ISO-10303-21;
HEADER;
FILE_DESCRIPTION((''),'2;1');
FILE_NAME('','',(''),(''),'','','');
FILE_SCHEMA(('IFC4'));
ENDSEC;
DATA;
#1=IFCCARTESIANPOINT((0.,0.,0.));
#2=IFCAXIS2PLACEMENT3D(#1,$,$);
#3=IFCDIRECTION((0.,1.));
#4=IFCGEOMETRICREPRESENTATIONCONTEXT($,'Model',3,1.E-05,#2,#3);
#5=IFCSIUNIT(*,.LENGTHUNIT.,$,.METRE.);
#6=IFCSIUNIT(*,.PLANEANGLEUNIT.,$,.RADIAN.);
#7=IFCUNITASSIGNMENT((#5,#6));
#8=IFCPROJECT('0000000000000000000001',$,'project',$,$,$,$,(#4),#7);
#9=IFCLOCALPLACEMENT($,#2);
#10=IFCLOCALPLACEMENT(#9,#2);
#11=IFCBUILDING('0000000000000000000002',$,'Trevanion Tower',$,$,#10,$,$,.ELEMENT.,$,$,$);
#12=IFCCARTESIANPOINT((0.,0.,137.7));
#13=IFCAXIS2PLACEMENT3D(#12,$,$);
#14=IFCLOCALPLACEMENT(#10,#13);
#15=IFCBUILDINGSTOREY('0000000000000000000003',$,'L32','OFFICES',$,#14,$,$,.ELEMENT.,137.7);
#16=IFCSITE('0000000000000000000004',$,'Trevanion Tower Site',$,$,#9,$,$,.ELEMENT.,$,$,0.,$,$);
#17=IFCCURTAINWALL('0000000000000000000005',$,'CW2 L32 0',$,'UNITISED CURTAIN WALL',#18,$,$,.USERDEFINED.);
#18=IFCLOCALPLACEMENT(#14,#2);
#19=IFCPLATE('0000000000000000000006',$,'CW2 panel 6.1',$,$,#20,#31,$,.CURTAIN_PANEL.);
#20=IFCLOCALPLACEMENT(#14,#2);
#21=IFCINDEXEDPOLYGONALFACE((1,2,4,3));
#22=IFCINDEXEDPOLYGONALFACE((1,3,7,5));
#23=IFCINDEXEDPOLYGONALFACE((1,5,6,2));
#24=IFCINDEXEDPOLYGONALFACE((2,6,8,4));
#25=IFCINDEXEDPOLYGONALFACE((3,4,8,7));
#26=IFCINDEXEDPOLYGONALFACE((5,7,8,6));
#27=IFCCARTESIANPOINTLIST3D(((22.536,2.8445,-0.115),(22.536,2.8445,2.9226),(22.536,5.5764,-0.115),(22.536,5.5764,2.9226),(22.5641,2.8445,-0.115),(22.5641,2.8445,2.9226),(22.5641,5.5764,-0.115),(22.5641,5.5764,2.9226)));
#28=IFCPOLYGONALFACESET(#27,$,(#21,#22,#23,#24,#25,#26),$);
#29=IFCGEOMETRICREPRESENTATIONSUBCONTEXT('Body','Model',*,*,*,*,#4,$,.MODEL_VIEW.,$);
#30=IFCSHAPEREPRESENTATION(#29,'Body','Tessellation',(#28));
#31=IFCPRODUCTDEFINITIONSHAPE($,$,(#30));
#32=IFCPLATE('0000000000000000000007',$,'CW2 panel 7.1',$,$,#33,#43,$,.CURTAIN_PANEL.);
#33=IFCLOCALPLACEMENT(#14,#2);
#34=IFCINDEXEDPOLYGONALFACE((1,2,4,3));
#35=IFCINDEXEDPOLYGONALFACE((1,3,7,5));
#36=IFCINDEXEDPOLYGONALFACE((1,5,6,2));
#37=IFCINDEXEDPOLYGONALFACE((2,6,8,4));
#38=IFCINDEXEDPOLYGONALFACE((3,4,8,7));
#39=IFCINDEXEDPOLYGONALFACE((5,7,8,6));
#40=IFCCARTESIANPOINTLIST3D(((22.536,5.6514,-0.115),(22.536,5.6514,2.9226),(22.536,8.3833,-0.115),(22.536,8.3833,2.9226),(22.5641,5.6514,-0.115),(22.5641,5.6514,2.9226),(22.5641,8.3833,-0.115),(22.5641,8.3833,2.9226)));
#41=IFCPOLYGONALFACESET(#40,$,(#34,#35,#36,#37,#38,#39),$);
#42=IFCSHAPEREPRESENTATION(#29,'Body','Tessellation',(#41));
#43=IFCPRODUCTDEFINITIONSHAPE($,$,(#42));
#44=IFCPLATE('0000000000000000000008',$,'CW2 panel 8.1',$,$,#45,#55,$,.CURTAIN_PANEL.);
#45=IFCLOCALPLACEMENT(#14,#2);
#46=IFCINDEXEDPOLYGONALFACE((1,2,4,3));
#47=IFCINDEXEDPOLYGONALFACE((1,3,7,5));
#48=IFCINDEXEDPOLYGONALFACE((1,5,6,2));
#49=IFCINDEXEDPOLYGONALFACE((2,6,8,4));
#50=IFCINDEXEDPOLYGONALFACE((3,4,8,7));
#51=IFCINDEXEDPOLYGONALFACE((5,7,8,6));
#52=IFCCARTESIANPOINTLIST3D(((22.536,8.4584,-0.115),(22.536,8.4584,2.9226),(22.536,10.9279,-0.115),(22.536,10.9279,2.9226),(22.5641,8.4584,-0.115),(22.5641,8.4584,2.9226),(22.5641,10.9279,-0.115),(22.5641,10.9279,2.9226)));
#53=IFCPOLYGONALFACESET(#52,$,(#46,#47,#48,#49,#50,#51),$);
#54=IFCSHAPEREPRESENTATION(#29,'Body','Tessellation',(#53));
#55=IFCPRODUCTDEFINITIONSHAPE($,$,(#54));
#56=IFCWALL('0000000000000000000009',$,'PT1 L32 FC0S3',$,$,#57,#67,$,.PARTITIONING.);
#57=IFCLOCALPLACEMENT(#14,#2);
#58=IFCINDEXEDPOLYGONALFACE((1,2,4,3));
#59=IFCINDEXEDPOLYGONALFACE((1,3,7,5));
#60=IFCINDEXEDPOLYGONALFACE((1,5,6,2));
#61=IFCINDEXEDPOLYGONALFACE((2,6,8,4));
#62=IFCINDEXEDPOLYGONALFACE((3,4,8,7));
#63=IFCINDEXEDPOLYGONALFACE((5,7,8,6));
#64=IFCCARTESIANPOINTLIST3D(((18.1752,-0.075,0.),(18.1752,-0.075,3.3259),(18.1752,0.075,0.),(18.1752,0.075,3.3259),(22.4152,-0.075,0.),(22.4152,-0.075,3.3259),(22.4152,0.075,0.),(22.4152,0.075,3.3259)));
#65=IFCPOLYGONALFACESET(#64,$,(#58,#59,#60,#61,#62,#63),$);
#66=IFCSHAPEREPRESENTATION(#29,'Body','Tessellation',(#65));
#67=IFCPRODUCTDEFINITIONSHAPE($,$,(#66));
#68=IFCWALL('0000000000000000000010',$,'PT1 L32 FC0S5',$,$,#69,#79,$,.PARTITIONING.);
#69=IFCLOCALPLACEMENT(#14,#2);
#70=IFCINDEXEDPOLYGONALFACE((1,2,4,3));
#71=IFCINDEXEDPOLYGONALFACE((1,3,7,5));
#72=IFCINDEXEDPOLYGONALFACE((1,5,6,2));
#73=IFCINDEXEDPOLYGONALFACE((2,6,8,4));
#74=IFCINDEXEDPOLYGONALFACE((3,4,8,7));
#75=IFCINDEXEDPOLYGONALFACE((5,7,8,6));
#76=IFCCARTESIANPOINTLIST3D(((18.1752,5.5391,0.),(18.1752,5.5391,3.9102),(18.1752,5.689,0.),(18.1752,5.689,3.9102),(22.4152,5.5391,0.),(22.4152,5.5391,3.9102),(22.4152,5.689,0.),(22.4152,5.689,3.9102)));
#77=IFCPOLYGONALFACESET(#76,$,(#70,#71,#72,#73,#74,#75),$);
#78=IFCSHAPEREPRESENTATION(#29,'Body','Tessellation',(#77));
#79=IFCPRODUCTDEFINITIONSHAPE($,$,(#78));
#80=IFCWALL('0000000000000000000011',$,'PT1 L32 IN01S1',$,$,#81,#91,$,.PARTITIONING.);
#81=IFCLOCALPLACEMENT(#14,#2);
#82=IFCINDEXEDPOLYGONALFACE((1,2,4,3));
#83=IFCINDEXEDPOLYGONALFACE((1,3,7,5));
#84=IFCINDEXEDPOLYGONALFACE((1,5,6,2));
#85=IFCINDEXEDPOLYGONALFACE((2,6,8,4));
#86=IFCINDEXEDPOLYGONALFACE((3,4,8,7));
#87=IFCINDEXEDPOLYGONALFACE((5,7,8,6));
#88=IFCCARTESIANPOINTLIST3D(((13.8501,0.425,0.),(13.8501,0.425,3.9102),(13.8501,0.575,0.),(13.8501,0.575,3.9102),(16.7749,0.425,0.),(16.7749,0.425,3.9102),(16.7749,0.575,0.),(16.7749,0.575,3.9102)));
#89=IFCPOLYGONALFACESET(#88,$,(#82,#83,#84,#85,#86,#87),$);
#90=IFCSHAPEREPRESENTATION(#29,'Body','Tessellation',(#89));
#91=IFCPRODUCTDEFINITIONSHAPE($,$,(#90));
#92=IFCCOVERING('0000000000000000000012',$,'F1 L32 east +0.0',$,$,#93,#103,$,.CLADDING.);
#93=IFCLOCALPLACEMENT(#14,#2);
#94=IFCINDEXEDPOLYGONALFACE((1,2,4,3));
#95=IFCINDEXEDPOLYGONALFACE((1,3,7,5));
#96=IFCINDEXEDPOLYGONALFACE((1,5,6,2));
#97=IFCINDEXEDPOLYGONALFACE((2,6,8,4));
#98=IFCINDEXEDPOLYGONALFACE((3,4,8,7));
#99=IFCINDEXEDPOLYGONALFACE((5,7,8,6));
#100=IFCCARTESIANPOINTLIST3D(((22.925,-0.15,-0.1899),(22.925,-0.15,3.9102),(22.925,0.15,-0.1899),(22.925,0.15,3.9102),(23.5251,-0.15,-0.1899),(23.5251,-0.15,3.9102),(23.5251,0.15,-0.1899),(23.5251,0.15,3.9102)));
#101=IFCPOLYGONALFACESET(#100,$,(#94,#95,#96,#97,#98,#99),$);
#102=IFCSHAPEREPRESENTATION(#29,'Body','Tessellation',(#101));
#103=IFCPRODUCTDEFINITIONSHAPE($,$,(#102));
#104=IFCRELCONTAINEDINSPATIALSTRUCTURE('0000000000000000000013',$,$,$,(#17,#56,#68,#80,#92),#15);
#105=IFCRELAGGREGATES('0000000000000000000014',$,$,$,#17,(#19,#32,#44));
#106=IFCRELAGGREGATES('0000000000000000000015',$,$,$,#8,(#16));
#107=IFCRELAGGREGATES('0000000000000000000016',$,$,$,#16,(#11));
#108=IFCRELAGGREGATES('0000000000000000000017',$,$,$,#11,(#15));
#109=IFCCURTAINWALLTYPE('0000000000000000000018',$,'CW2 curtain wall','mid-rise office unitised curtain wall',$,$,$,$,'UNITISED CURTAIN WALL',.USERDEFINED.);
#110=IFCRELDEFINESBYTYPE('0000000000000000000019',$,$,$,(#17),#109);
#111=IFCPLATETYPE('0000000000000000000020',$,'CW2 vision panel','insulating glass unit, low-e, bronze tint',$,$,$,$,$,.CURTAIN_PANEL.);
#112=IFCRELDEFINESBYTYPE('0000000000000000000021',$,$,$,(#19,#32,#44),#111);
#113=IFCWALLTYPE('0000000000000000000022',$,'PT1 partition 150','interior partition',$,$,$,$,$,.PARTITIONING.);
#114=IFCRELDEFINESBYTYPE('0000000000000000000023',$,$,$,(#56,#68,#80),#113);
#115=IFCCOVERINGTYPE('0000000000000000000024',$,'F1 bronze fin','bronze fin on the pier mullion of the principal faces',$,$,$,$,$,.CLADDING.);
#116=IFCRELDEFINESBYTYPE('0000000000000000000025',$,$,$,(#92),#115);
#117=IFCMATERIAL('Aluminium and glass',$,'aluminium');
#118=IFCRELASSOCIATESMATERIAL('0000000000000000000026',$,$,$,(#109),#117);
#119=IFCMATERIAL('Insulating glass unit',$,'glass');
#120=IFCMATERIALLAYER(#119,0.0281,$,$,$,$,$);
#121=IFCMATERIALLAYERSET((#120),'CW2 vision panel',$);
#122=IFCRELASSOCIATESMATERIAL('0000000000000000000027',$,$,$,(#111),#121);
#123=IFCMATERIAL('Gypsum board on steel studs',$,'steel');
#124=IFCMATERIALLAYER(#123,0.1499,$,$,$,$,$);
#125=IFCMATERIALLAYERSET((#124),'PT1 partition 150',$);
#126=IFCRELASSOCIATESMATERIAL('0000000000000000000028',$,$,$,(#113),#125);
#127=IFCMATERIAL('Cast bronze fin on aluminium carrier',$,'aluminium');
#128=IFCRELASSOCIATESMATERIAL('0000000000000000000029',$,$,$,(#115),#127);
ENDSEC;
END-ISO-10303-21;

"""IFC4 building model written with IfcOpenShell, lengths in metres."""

from ifc_helpers import new_model, si_unit, direction, frame, frame_2d, origin, origin_2d, place, context, subcontext, project, spatial, rectangle, extrude, material, layer, layer_set, type_object, element, aggregate, save


model = new_model("IFC4")

# Units and contexts
model_context = context("Model", 3, precision=1e-05, world=origin(), true_north=direction((0.0, 1.0)))
body_context = subcontext(model_context, "Body", "Model", "MODEL_VIEW")
ifc_project = project(units=[si_unit("LENGTHUNIT", "METRE"), si_unit("PLANEANGLEUNIT", "RADIAN")], contexts=[model_context])

# Site, building, storey
site_placement = place(None, origin())
site = spatial("IfcSite", under=ifc_project, at=site_placement, Name="Trevanion Tower Site", CompositionType="ELEMENT", RefElevation=0.0)
building_placement = place(site_placement, origin())
building = spatial("IfcBuilding", under=site, at=building_placement, Name="Trevanion Tower", CompositionType="ELEMENT")
storey_placement = place(building_placement, frame((0.0, 0.0, 137.7)))
storey = spatial("IfcBuildingStorey", under=building, at=storey_placement, Name="L32", Description="OFFICES", CompositionType="ELEMENT", Elevation=137.7)

# Curtain wall
ifc_material_1 = material(Name="Aluminium and glass", Category="aluminium")
curtain_wall_type = type_object("IfcCurtainWallType", Name="CW2 curtain wall", Description="mid-rise office unitised curtain wall", ElementType="UNITISED CURTAIN WALL", PredefinedType="USERDEFINED", material=ifc_material_1)
curtain_wall_placement = place(storey_placement, origin())
curtain_wall = element("IfcCurtainWall", 1, at=curtain_wall_placement, inside=storey, type_object=curtain_wall_type, Name="CW2 L32 0", ObjectType="UNITISED CURTAIN WALL", PredefinedType="USERDEFINED")

# Plates
ifc_material_2 = material(Name="Insulating glass unit", Category="glass")
ifc_layer_1 = layer(ifc_material_2, 0.0281)
ifc_layer_set_1 = layer_set([ifc_layer_1], Name="CW2 vision panel")
plate_type_1 = type_object("IfcPlateType", Name="CW2 vision panel", Description="insulating glass unit, low-e, bronze tint", PredefinedType="CURTAIN_PANEL", material=ifc_layer_set_1)
plate_1_placement = place(storey_placement, frame((22.55, 4.2104, -0.115), z_axis=(0.0, 0.0, 1.0), x_axis=(0.0, 1.0, 0.0)))
plate_1 = element("IfcPlate", 2, at=plate_1_placement, type_object=plate_type_1, Name="CW2 panel 6.1", PredefinedType="CURTAIN_PANEL", context=body_context, shape_type="SweptSolid", body=[
    extrude(rectangle(XDim=2.7319, YDim=0.0281, at=origin_2d()), origin(), (0.0, 0.0, 1.0), 3.0376),
])
plate_2_placement = place(storey_placement, frame((22.55, 7.0173, -0.115), z_axis=(0.0, 0.0, 1.0), x_axis=(0.0, 1.0, 0.0)))
plate_2 = element("IfcPlate", 3, at=plate_2_placement, type_object=plate_type_1, Name="CW2 panel 7.1", PredefinedType="CURTAIN_PANEL", context=body_context, shape_type="SweptSolid", body=[
    extrude(rectangle(XDim=2.7319, YDim=0.0281, at=origin_2d()), origin(), (0.0, 0.0, 1.0), 3.0376),
])
plate_3_placement = place(storey_placement, frame((22.55, 9.6931, -0.115), z_axis=(0.0, 0.0, 1.0), x_axis=(0.0, 1.0, 0.0)))
plate_3 = element("IfcPlate", 4, at=plate_3_placement, type_object=plate_type_1, Name="CW2 panel 8.1", PredefinedType="CURTAIN_PANEL", context=body_context, shape_type="SweptSolid", body=[
    extrude(rectangle(XDim=2.4695, YDim=0.0281, at=origin_2d()), origin(), (0.0, 0.0, 1.0), 3.0376),
])
aggregate(curtain_wall, [plate_1, plate_2, plate_3])

# Walls
ifc_material_3 = material(Name="Gypsum board on steel studs", Category="steel")
ifc_layer_2 = layer(ifc_material_3, 0.1499)
ifc_layer_set_2 = layer_set([ifc_layer_2], Name="PT1 partition 150")
wall_type = type_object("IfcWallType", Name="PT1 partition 150", Description="interior partition", PredefinedType="PARTITIONING", material=ifc_layer_set_2)
wall_1_placement = place(storey_placement, frame((18.175, 0.0, 0.0), z_axis=(0.0, 0.0, 1.0), x_axis=(1.0, 0.0, 0.0)))
element("IfcWall", 5, at=wall_1_placement, inside=storey, type_object=wall_type, Name="PT1 L32 FC0S3", PredefinedType="PARTITIONING", context=body_context, shape_type="SweptSolid", body=[
    extrude(rectangle(XDim=4.24, YDim=0.1499, at=frame_2d((2.1201, 0.0))), origin(), (0.0, 0.0, 1.0), 3.3259),
])
wall_2_placement = place(storey_placement, frame((18.175, 5.614, 0.0), z_axis=(0.0, 0.0, 1.0), x_axis=(1.0, 0.0, 0.0)))
element("IfcWall", 6, at=wall_2_placement, inside=storey, type_object=wall_type, Name="PT1 L32 FC0S5", PredefinedType="PARTITIONING", context=body_context, shape_type="SweptSolid", body=[
    extrude(rectangle(XDim=4.24, YDim=0.1499, at=frame_2d((2.1201, 0.0))), origin(), (0.0, 0.0, 1.0), 3.9102),
])
wall_3_placement = place(storey_placement, frame((16.7749, 0.5, 0.0), z_axis=(0.0, 0.0, 1.0), x_axis=(-1.0, 0.0, 0.0)))
element("IfcWall", 7, at=wall_3_placement, inside=storey, type_object=wall_type, Name="PT1 L32 IN01S1", PredefinedType="PARTITIONING", context=body_context, shape_type="SweptSolid", body=[
    extrude(rectangle(XDim=2.9248, YDim=0.1499, at=frame_2d((1.4624, 0.0))), origin(), (0.0, 0.0, 1.0), 3.9102),
])

# Covering
ifc_material_4 = material(Name="Cast bronze fin on aluminium carrier", Category="aluminium")
covering_type = type_object("IfcCoveringType", Name="F1 bronze fin", Description="bronze fin on the pier mullion of the principal faces", PredefinedType="CLADDING", material=ifc_material_4)
covering_placement = place(storey_placement, frame((23.2251, 0.0, -0.1899), z_axis=(0.0, 0.0, 1.0), x_axis=(0.0, 1.0, 0.0)))
element("IfcCovering", 8, at=covering_placement, inside=storey, type_object=covering_type, Name="F1 L32 east +0.0", PredefinedType="CLADDING", context=body_context, shape_type="SweptSolid", body=[
    extrude(rectangle(XDim=0.3, YDim=0.6001, at=origin_2d()), origin(), (0.0, 0.0, 1.0), 4.1001),
])

save(model, "model.ifc")
